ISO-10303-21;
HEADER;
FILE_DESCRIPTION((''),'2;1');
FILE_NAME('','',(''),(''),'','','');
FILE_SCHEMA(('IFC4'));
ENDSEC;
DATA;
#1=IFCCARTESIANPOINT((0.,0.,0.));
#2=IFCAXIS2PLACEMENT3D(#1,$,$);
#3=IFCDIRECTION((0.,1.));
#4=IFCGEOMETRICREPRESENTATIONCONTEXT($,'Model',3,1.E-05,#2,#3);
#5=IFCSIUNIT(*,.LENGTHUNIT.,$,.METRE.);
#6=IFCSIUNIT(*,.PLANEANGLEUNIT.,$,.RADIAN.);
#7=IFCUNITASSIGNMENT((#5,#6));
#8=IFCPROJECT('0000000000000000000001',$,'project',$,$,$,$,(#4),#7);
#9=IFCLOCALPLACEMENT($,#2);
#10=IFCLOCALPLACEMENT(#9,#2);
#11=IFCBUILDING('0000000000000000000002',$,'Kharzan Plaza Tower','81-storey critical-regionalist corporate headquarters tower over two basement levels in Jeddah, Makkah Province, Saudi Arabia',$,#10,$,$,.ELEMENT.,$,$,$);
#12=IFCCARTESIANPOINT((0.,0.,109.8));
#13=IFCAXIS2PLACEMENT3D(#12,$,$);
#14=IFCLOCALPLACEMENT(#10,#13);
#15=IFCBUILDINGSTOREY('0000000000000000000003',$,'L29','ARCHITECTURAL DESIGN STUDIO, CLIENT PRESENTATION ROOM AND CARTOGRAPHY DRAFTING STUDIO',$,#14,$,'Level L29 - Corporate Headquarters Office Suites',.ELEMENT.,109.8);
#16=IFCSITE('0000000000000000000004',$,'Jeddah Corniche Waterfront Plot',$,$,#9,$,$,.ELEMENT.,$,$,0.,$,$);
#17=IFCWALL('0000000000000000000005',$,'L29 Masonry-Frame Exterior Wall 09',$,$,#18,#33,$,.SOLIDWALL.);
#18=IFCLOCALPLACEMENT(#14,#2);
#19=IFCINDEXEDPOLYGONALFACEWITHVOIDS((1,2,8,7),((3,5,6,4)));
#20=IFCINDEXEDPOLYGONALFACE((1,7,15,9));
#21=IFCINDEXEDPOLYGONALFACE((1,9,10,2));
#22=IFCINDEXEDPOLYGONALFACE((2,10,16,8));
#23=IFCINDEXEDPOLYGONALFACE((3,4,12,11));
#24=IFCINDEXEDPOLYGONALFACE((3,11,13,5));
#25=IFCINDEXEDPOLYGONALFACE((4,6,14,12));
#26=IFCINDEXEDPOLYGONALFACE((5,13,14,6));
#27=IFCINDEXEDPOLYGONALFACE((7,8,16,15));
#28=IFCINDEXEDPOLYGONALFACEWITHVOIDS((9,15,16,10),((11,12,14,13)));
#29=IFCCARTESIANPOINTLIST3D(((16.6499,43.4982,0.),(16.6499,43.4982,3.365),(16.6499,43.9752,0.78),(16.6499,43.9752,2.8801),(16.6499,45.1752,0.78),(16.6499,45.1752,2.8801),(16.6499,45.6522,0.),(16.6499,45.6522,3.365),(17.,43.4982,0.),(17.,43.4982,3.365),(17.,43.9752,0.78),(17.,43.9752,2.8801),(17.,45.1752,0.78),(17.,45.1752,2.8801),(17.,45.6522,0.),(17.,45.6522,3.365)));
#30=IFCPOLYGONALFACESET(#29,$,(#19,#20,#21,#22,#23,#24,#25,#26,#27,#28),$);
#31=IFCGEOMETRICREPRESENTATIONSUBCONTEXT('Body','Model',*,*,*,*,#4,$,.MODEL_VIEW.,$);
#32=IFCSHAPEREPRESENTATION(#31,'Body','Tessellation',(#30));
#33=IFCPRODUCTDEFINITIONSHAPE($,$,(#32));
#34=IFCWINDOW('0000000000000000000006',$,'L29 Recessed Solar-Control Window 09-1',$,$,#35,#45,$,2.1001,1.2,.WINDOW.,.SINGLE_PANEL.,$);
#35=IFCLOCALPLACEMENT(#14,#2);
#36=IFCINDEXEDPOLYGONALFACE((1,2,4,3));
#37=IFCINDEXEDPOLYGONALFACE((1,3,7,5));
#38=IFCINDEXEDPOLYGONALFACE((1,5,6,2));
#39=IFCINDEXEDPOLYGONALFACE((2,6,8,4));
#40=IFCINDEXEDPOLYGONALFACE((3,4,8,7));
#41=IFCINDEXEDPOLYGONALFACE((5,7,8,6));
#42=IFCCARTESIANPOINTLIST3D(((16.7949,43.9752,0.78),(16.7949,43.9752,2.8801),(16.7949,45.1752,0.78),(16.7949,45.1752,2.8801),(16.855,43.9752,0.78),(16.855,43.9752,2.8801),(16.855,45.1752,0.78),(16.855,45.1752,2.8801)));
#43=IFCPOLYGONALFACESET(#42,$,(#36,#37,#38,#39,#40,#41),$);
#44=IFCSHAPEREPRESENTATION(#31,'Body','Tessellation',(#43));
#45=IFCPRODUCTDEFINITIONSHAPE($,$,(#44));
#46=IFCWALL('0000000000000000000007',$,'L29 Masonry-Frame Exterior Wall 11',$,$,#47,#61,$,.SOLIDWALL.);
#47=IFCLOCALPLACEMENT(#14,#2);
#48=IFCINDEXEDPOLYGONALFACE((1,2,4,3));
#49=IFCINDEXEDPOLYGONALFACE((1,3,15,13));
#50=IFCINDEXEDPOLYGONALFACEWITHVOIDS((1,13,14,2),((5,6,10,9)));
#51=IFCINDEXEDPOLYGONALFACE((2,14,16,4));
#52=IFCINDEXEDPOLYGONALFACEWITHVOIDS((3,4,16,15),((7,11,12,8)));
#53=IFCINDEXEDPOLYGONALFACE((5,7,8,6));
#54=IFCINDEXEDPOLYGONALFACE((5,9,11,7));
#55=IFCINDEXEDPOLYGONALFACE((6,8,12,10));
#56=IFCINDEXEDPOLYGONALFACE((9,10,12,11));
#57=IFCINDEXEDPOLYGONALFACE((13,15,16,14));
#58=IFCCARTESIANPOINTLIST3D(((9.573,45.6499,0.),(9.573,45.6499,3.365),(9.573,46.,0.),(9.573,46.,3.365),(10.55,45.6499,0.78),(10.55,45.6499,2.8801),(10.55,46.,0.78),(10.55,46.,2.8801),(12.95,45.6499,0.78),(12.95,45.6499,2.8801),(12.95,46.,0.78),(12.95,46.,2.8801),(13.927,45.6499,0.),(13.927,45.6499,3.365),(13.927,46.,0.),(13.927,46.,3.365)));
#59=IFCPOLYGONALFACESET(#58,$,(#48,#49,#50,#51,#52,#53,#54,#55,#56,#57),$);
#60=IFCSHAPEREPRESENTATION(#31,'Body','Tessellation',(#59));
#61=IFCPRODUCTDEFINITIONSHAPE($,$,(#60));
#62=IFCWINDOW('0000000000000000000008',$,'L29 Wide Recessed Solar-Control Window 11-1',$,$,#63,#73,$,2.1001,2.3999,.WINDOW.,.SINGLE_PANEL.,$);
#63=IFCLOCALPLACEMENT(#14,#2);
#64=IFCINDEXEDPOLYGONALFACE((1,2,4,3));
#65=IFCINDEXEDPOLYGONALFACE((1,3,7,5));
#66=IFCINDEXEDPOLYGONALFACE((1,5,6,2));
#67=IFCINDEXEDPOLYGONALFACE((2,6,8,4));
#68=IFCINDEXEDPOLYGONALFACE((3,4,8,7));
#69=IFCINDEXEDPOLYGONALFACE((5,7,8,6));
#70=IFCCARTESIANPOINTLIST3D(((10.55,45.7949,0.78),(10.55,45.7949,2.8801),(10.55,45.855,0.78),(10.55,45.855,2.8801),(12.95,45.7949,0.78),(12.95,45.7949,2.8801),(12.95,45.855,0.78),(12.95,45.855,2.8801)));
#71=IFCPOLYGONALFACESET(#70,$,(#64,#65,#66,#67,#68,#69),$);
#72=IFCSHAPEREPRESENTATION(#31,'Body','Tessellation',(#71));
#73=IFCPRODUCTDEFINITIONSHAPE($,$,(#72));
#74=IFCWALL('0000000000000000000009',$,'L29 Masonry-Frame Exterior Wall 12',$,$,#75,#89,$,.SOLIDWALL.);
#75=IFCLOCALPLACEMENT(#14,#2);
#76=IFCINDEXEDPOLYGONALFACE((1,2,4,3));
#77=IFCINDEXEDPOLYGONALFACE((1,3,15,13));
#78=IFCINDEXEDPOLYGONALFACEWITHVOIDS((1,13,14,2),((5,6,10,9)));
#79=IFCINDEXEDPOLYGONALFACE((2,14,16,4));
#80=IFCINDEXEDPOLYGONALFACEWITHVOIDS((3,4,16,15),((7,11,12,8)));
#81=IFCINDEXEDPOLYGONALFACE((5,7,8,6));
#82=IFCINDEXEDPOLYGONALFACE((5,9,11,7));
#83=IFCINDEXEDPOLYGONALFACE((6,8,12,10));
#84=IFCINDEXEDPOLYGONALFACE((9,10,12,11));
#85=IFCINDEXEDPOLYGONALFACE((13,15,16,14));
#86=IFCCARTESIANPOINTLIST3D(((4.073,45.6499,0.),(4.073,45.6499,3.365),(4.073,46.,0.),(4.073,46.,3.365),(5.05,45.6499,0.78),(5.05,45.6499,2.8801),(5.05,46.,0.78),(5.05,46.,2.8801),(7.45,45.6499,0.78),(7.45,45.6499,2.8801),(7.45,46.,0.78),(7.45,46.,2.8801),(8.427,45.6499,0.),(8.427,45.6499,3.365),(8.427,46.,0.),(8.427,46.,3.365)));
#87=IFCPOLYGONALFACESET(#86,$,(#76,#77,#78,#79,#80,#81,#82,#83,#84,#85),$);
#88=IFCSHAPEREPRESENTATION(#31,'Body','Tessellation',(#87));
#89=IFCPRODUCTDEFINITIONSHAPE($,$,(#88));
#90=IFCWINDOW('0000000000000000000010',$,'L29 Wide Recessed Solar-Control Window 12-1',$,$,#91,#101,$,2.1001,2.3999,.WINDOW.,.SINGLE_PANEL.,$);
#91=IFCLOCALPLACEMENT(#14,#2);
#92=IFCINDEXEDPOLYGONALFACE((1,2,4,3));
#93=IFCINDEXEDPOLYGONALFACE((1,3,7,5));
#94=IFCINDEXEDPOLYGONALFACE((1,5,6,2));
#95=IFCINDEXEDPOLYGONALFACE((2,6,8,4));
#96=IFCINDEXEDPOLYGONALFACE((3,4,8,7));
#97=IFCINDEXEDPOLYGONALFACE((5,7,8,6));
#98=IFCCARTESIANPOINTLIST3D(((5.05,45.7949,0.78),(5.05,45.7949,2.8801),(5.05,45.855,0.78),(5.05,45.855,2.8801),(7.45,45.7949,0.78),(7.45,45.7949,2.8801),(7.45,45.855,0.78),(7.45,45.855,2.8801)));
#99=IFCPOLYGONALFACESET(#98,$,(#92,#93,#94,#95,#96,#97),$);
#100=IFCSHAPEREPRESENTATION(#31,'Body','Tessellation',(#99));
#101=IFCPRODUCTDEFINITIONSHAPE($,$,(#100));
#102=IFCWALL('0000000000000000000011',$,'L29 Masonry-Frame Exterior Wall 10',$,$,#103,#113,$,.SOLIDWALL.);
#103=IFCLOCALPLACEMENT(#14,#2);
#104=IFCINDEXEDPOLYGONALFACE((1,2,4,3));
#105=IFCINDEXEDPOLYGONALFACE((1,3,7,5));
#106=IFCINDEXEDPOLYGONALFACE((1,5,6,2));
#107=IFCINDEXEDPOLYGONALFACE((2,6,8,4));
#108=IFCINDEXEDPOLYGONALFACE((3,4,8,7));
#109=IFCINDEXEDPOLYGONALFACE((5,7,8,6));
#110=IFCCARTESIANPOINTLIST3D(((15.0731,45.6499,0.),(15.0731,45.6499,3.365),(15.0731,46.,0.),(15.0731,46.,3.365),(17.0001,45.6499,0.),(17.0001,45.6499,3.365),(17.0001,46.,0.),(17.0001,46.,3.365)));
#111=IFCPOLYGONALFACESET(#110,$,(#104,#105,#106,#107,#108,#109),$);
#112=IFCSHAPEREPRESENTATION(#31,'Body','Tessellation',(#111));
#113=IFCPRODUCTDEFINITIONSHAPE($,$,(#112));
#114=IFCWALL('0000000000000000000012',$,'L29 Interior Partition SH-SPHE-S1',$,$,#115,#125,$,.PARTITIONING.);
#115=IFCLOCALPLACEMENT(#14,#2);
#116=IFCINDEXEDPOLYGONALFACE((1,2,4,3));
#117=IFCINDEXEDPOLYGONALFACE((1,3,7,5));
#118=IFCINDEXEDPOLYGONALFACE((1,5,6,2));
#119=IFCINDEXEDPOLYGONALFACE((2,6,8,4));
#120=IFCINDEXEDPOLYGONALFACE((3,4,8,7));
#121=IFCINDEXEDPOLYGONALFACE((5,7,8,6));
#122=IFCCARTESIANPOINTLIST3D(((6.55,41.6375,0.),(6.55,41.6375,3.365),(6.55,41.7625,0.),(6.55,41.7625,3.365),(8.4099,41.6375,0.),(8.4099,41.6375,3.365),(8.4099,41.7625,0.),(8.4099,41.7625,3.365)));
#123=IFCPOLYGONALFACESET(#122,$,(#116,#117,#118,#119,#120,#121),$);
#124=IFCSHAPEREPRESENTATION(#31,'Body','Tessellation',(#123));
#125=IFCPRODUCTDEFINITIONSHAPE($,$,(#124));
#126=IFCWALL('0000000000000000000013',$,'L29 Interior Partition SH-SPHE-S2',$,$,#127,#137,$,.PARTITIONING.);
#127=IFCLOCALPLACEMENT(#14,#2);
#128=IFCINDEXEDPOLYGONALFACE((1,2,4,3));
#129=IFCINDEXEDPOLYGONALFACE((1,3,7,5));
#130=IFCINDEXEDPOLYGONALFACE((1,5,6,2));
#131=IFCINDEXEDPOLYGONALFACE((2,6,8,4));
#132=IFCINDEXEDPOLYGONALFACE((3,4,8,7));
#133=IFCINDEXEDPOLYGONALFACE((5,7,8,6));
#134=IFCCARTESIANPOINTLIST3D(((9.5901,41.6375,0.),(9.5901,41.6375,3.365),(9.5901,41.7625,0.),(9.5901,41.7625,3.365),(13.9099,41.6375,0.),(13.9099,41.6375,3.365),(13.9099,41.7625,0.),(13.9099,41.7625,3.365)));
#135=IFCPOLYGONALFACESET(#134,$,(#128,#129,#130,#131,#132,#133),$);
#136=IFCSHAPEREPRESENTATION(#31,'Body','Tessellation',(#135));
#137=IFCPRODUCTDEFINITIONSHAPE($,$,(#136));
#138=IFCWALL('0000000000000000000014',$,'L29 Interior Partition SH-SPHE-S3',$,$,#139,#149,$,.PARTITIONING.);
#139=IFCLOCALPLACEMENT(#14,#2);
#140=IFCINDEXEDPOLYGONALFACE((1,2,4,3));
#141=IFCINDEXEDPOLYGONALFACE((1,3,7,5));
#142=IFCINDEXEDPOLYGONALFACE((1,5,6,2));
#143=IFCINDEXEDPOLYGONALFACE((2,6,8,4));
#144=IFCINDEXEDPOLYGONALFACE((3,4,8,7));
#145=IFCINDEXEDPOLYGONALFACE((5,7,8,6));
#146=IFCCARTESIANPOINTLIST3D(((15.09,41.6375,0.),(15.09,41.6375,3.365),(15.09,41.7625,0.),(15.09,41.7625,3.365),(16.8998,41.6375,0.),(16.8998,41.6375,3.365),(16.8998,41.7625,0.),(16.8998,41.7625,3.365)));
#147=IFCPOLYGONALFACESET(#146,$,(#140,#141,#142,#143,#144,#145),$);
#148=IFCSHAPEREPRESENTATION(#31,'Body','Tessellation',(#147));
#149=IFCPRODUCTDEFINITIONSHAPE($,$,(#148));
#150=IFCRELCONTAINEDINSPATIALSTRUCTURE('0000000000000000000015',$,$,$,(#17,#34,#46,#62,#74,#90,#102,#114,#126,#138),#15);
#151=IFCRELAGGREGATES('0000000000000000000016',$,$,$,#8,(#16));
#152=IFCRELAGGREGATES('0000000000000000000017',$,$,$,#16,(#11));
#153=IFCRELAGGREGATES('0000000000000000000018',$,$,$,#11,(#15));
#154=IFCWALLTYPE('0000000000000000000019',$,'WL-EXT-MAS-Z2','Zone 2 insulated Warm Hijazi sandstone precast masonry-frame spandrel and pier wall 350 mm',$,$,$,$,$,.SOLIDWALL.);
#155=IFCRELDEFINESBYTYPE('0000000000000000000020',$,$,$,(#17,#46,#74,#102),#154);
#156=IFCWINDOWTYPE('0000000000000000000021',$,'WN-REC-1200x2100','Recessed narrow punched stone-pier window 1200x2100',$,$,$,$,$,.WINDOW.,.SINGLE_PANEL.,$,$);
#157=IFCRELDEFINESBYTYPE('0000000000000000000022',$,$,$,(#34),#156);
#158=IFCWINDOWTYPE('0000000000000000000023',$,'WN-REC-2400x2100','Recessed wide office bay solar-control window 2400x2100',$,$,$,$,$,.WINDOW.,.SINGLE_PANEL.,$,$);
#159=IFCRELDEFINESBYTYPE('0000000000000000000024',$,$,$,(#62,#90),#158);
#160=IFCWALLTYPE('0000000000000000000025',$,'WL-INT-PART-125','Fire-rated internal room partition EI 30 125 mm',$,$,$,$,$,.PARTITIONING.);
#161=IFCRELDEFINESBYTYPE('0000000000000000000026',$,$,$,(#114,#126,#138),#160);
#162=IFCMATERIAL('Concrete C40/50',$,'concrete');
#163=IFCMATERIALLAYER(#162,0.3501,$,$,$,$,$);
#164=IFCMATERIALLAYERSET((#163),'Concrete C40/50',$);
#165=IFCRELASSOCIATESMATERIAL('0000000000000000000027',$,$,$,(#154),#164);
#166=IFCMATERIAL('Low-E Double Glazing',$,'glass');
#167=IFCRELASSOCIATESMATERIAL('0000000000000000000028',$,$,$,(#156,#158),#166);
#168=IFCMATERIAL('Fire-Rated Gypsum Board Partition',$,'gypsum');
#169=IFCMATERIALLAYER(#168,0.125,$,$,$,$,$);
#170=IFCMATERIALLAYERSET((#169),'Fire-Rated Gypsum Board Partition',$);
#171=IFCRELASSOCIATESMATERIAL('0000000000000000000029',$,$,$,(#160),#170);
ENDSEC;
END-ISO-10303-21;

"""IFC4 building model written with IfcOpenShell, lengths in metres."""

from ifc_helpers import new_model, si_unit, direction, frame, frame_2d, origin, place, context, subcontext, project, spatial, rectangle, extrude, source, transform, mapped, material, layer, layer_set, type_object, element, fill, save


model = new_model("IFC4")

# Units and contexts
model_context = context("Model", 3, precision=1e-05, world=origin(), true_north=direction((0.0, 1.0)))
body_context = subcontext(model_context, "Body", "Model", "MODEL_VIEW")
ifc_project = project(units=[si_unit("LENGTHUNIT", "METRE"), si_unit("PLANEANGLEUNIT", "RADIAN")], contexts=[model_context])

# Site, building, storey
site_placement = place(None, origin())
site = spatial("IfcSite", under=ifc_project, at=site_placement, Name="Jeddah Corniche Waterfront Plot", CompositionType="ELEMENT", RefElevation=0.0)
building_placement = place(site_placement, origin())
building = spatial("IfcBuilding", under=site, at=building_placement, Name="Kharzan Plaza Tower", Description="81-storey critical-regionalist corporate headquarters tower over two basement levels in Jeddah, Makkah Province, Saudi Arabia", CompositionType="ELEMENT")
storey_placement = place(building_placement, frame((0.0, 0.0, 109.8)))
storey = spatial("IfcBuildingStorey", under=building, at=storey_placement, Name="L29", Description="ARCHITECTURAL DESIGN STUDIO, CLIENT PRESENTATION ROOM AND CARTOGRAPHY DRAFTING STUDIO", LongName="Level L29 - Corporate Headquarters Office Suites", CompositionType="ELEMENT", Elevation=109.8)

# Walls, openings, windows
ifc_material_1 = material(Name="Concrete C40/50", Category="concrete")
ifc_layer_1 = layer(ifc_material_1, 0.3501)
ifc_layer_set_1 = layer_set([ifc_layer_1], Name="Concrete C40/50")
wall_type_1 = type_object("IfcWallType", Name="WL-EXT-MAS-Z2", Description="Zone 2 insulated Warm Hijazi sandstone precast masonry-frame spandrel and pier wall 350 mm", PredefinedType="SOLIDWALL", material=ifc_layer_set_1)
wall_1_placement = place(storey_placement, frame((16.825, 43.498, 0.0), z_axis=(0.0, 0.0, 1.0), x_axis=(0.0, 1.0, 0.0)))
wall_1 = element("IfcWall", 1, at=wall_1_placement, inside=storey, type_object=wall_type_1, Name="L29 Masonry-Frame Exterior Wall 09", PredefinedType="SOLIDWALL", context=body_context, shape_type="SweptSolid", body=[
    extrude(rectangle(XDim=2.1541, YDim=0.3501, at=frame_2d((1.0771, 0.0))), origin(), (0.0, 0.0, 1.0), 3.365),
])
opening_1_placement = place(wall_1_placement, frame((0.4771, 0.0, 0.78)))
opening_1 = element("IfcOpeningElement", 2, at=opening_1_placement, cuts=wall_1, PredefinedType="OPENING", context=body_context, shape_type="SweptSolid", body=[
    extrude(rectangle(XDim=1.2, YDim=2.1001, at=frame_2d((0.6001, 1.05))), frame((0.0, 0.1851, 0.0), z_axis=(0.0, -1.0, 0.0), x_axis=(1.0, 0.0, 0.0)), (0.0, 0.0, 1.0), 0.3701),
])
ifc_material_2 = material(Name="Low-E Double Glazing", Category="glass")
window_type_1 = type_object("IfcWindowType", Name="WN-REC-1200x2100", Description="Recessed narrow punched stone-pier window 1200x2100", PartitioningType="SINGLE_PANEL", PredefinedType="WINDOW", material=ifc_material_2)
shared_shape_1 = source(origin(), body_context, "Body", "SweptSolid", [
    extrude(rectangle(XDim=1.2, YDim=2.1001, at=frame_2d((0.6001, 1.05))), frame((0.0, 0.03, 0.0), z_axis=(0.0, -1.0, 0.0), x_axis=(1.0, 0.0, 0.0)), (0.0, 0.0, 1.0), 0.0601),
])
window_1_placement = place(opening_1_placement, origin())
window_1 = element("IfcWindow", 3, at=window_1_placement, inside=storey, type_object=window_type_1, Name="L29 Recessed Solar-Control Window 09-1", OverallHeight=2.1001, OverallWidth=1.2, PartitioningType="SINGLE_PANEL", PredefinedType="WINDOW", context=body_context, shape_type="MappedRepresentation", body=[
    mapped(shared_shape_1, transform((0.0, 0.0, 0.0), x_axis=(1.0, 0.0, 0.0), y_axis=(0.0, 1.0, 0.0), z_axis=(0.0, 0.0, 1.0))),
])
fill(opening_1, window_1)
wall_2_placement = place(storey_placement, frame((13.927, 45.825, 0.0), z_axis=(0.0, 0.0, 1.0), x_axis=(-1.0, 0.0, 0.0)))
wall_2 = element("IfcWall", 4, at=wall_2_placement, inside=storey, type_object=wall_type_1, Name="L29 Masonry-Frame Exterior Wall 11", PredefinedType="SOLIDWALL", context=body_context, shape_type="SweptSolid", body=[
    extrude(rectangle(XDim=4.354, YDim=0.3501, at=frame_2d((2.177, 0.0))), origin(), (0.0, 0.0, 1.0), 3.365),
])
opening_2_placement = place(wall_2_placement, frame((0.9771, 0.0, 0.78)))
opening_2 = element("IfcOpeningElement", 5, at=opening_2_placement, cuts=wall_2, PredefinedType="OPENING", context=body_context, shape_type="SweptSolid", body=[
    extrude(rectangle(XDim=2.3999, YDim=2.1001, at=frame_2d((1.2, 1.05))), frame((0.0, 0.1851, 0.0), z_axis=(0.0, -1.0, 0.0), x_axis=(1.0, 0.0, 0.0)), (0.0, 0.0, 1.0), 0.3701),
])
window_type_2 = type_object("IfcWindowType", Name="WN-REC-2400x2100", Description="Recessed wide office bay solar-control window 2400x2100", PartitioningType="SINGLE_PANEL", PredefinedType="WINDOW", material=ifc_material_2)
shared_shape_2 = source(origin(), body_context, "Body", "SweptSolid", [
    extrude(rectangle(XDim=2.3999, YDim=2.1001, at=frame_2d((1.2, 1.05))), frame((0.0, 0.03, 0.0), z_axis=(0.0, -1.0, 0.0), x_axis=(1.0, 0.0, 0.0)), (0.0, 0.0, 1.0), 0.0601),
])
window_2_placement = place(opening_2_placement, origin())
window_2 = element("IfcWindow", 6, at=window_2_placement, inside=storey, type_object=window_type_2, Name="L29 Wide Recessed Solar-Control Window 11-1", OverallHeight=2.1001, OverallWidth=2.3999, PartitioningType="SINGLE_PANEL", PredefinedType="WINDOW", context=body_context, shape_type="MappedRepresentation", body=[
    mapped(shared_shape_2, transform((0.0, 0.0, 0.0), x_axis=(1.0, 0.0, 0.0), y_axis=(0.0, 1.0, 0.0), z_axis=(0.0, 0.0, 1.0))),
])
fill(opening_2, window_2)
wall_3_placement = place(storey_placement, frame((8.427, 45.825, 0.0), z_axis=(0.0, 0.0, 1.0), x_axis=(-1.0, 0.0, 0.0)))
wall_3 = element("IfcWall", 7, at=wall_3_placement, inside=storey, type_object=wall_type_1, Name="L29 Masonry-Frame Exterior Wall 12", PredefinedType="SOLIDWALL", context=body_context, shape_type="SweptSolid", body=[
    extrude(rectangle(XDim=4.354, YDim=0.3501, at=frame_2d((2.177, 0.0))), origin(), (0.0, 0.0, 1.0), 3.365),
])
opening_3_placement = place(wall_3_placement, frame((0.9771, 0.0, 0.78)))
opening_3 = element("IfcOpeningElement", 8, at=opening_3_placement, cuts=wall_3, PredefinedType="OPENING", context=body_context, shape_type="SweptSolid", body=[
    extrude(rectangle(XDim=2.3999, YDim=2.1001, at=frame_2d((1.2, 1.05))), frame((0.0, 0.1851, 0.0), z_axis=(0.0, -1.0, 0.0), x_axis=(1.0, 0.0, 0.0)), (0.0, 0.0, 1.0), 0.3701),
])
window_3_placement = place(opening_3_placement, origin())
window_3 = element("IfcWindow", 9, at=window_3_placement, inside=storey, type_object=window_type_2, Name="L29 Wide Recessed Solar-Control Window 12-1", OverallHeight=2.1001, OverallWidth=2.3999, PartitioningType="SINGLE_PANEL", PredefinedType="WINDOW", context=body_context, shape_type="MappedRepresentation", body=[
    mapped(shared_shape_2, transform((0.0, 0.0, 0.0), x_axis=(1.0, 0.0, 0.0), y_axis=(0.0, 1.0, 0.0), z_axis=(0.0, 0.0, 1.0))),
])
fill(opening_3, window_3)

# Shared definitions
ifc_material_3 = material(Name="Fire-Rated Gypsum Board Partition", Category="gypsum")
ifc_layer_2 = layer(ifc_material_3, 0.125)
ifc_layer_set_2 = layer_set([ifc_layer_2], Name="Fire-Rated Gypsum Board Partition")
wall_type_2 = type_object("IfcWallType", Name="WL-INT-PART-125", Description="Fire-rated internal room partition EI 30 125 mm", PredefinedType="PARTITIONING", material=ifc_layer_set_2)

# Walls
shared_shape_3 = source(origin(), body_context, "Body", "SweptSolid", [
    extrude(rectangle(XDim=1.927, YDim=0.3501, at=frame_2d((0.9634, 0.0))), origin(), (0.0, 0.0, 1.0), 3.365),
])
wall_4_placement = place(storey_placement, frame((17.0, 45.825, 0.0), z_axis=(0.0, 0.0, 1.0), x_axis=(-1.0, 0.0, 0.0)))
element("IfcWall", 10, at=wall_4_placement, inside=storey, type_object=wall_type_1, Name="L29 Masonry-Frame Exterior Wall 10", PredefinedType="SOLIDWALL", context=body_context, shape_type="MappedRepresentation", body=[
    mapped(shared_shape_3, transform((0.0, 0.0, 0.0), x_axis=(1.0, 0.0, 0.0), y_axis=(0.0, 1.0, 0.0), z_axis=(0.0, 0.0, 1.0))),
])
shared_shape_4 = source(origin(), body_context, "Body", "SweptSolid", [
    extrude(rectangle(XDim=1.8599, YDim=0.125, at=frame_2d((0.9299, 0.0))), origin(), (0.0, 0.0, 1.0), 3.365),
])
wall_5_placement = place(storey_placement, frame((6.55, 41.7, 0.0), z_axis=(0.0, 0.0, 1.0), x_axis=(1.0, 0.0, 0.0)))
element("IfcWall", 11, at=wall_5_placement, inside=storey, type_object=wall_type_2, Name="L29 Interior Partition SH-SPHE-S1", PredefinedType="PARTITIONING", context=body_context, shape_type="MappedRepresentation", body=[
    mapped(shared_shape_4, transform((0.0, 0.0, 0.0), x_axis=(1.0, 0.0, 0.0), y_axis=(0.0, 1.0, 0.0), z_axis=(0.0, 0.0, 1.0))),
])
shared_shape_5 = source(origin(), body_context, "Body", "SweptSolid", [
    extrude(rectangle(XDim=4.3198, YDim=0.125, at=frame_2d((2.1599, 0.0))), origin(), (0.0, 0.0, 1.0), 3.365),
])
wall_6_placement = place(storey_placement, frame((9.5901, 41.7, 0.0), z_axis=(0.0, 0.0, 1.0), x_axis=(1.0, 0.0, 0.0)))
element("IfcWall", 12, at=wall_6_placement, inside=storey, type_object=wall_type_2, Name="L29 Interior Partition SH-SPHE-S2", PredefinedType="PARTITIONING", context=body_context, shape_type="MappedRepresentation", body=[
    mapped(shared_shape_5, transform((0.0, 0.0, 0.0), x_axis=(1.0, 0.0, 0.0), y_axis=(0.0, 1.0, 0.0), z_axis=(0.0, 0.0, 1.0))),
])
shared_shape_6 = source(origin(), body_context, "Body", "SweptSolid", [
    extrude(rectangle(XDim=1.8098, YDim=0.125, at=frame_2d((0.9048, 0.0))), origin(), (0.0, 0.0, 1.0), 3.365),
])
wall_7_placement = place(storey_placement, frame((15.0901, 41.7, 0.0), z_axis=(0.0, 0.0, 1.0), x_axis=(1.0, 0.0, 0.0)))
element("IfcWall", 13, at=wall_7_placement, inside=storey, type_object=wall_type_2, Name="L29 Interior Partition SH-SPHE-S3", PredefinedType="PARTITIONING", context=body_context, shape_type="MappedRepresentation", body=[
    mapped(shared_shape_6, transform((0.0, 0.0, 0.0), x_axis=(1.0, 0.0, 0.0), y_axis=(0.0, 1.0, 0.0), z_axis=(0.0, 0.0, 1.0))),
])

save(model, "model.ifc")
